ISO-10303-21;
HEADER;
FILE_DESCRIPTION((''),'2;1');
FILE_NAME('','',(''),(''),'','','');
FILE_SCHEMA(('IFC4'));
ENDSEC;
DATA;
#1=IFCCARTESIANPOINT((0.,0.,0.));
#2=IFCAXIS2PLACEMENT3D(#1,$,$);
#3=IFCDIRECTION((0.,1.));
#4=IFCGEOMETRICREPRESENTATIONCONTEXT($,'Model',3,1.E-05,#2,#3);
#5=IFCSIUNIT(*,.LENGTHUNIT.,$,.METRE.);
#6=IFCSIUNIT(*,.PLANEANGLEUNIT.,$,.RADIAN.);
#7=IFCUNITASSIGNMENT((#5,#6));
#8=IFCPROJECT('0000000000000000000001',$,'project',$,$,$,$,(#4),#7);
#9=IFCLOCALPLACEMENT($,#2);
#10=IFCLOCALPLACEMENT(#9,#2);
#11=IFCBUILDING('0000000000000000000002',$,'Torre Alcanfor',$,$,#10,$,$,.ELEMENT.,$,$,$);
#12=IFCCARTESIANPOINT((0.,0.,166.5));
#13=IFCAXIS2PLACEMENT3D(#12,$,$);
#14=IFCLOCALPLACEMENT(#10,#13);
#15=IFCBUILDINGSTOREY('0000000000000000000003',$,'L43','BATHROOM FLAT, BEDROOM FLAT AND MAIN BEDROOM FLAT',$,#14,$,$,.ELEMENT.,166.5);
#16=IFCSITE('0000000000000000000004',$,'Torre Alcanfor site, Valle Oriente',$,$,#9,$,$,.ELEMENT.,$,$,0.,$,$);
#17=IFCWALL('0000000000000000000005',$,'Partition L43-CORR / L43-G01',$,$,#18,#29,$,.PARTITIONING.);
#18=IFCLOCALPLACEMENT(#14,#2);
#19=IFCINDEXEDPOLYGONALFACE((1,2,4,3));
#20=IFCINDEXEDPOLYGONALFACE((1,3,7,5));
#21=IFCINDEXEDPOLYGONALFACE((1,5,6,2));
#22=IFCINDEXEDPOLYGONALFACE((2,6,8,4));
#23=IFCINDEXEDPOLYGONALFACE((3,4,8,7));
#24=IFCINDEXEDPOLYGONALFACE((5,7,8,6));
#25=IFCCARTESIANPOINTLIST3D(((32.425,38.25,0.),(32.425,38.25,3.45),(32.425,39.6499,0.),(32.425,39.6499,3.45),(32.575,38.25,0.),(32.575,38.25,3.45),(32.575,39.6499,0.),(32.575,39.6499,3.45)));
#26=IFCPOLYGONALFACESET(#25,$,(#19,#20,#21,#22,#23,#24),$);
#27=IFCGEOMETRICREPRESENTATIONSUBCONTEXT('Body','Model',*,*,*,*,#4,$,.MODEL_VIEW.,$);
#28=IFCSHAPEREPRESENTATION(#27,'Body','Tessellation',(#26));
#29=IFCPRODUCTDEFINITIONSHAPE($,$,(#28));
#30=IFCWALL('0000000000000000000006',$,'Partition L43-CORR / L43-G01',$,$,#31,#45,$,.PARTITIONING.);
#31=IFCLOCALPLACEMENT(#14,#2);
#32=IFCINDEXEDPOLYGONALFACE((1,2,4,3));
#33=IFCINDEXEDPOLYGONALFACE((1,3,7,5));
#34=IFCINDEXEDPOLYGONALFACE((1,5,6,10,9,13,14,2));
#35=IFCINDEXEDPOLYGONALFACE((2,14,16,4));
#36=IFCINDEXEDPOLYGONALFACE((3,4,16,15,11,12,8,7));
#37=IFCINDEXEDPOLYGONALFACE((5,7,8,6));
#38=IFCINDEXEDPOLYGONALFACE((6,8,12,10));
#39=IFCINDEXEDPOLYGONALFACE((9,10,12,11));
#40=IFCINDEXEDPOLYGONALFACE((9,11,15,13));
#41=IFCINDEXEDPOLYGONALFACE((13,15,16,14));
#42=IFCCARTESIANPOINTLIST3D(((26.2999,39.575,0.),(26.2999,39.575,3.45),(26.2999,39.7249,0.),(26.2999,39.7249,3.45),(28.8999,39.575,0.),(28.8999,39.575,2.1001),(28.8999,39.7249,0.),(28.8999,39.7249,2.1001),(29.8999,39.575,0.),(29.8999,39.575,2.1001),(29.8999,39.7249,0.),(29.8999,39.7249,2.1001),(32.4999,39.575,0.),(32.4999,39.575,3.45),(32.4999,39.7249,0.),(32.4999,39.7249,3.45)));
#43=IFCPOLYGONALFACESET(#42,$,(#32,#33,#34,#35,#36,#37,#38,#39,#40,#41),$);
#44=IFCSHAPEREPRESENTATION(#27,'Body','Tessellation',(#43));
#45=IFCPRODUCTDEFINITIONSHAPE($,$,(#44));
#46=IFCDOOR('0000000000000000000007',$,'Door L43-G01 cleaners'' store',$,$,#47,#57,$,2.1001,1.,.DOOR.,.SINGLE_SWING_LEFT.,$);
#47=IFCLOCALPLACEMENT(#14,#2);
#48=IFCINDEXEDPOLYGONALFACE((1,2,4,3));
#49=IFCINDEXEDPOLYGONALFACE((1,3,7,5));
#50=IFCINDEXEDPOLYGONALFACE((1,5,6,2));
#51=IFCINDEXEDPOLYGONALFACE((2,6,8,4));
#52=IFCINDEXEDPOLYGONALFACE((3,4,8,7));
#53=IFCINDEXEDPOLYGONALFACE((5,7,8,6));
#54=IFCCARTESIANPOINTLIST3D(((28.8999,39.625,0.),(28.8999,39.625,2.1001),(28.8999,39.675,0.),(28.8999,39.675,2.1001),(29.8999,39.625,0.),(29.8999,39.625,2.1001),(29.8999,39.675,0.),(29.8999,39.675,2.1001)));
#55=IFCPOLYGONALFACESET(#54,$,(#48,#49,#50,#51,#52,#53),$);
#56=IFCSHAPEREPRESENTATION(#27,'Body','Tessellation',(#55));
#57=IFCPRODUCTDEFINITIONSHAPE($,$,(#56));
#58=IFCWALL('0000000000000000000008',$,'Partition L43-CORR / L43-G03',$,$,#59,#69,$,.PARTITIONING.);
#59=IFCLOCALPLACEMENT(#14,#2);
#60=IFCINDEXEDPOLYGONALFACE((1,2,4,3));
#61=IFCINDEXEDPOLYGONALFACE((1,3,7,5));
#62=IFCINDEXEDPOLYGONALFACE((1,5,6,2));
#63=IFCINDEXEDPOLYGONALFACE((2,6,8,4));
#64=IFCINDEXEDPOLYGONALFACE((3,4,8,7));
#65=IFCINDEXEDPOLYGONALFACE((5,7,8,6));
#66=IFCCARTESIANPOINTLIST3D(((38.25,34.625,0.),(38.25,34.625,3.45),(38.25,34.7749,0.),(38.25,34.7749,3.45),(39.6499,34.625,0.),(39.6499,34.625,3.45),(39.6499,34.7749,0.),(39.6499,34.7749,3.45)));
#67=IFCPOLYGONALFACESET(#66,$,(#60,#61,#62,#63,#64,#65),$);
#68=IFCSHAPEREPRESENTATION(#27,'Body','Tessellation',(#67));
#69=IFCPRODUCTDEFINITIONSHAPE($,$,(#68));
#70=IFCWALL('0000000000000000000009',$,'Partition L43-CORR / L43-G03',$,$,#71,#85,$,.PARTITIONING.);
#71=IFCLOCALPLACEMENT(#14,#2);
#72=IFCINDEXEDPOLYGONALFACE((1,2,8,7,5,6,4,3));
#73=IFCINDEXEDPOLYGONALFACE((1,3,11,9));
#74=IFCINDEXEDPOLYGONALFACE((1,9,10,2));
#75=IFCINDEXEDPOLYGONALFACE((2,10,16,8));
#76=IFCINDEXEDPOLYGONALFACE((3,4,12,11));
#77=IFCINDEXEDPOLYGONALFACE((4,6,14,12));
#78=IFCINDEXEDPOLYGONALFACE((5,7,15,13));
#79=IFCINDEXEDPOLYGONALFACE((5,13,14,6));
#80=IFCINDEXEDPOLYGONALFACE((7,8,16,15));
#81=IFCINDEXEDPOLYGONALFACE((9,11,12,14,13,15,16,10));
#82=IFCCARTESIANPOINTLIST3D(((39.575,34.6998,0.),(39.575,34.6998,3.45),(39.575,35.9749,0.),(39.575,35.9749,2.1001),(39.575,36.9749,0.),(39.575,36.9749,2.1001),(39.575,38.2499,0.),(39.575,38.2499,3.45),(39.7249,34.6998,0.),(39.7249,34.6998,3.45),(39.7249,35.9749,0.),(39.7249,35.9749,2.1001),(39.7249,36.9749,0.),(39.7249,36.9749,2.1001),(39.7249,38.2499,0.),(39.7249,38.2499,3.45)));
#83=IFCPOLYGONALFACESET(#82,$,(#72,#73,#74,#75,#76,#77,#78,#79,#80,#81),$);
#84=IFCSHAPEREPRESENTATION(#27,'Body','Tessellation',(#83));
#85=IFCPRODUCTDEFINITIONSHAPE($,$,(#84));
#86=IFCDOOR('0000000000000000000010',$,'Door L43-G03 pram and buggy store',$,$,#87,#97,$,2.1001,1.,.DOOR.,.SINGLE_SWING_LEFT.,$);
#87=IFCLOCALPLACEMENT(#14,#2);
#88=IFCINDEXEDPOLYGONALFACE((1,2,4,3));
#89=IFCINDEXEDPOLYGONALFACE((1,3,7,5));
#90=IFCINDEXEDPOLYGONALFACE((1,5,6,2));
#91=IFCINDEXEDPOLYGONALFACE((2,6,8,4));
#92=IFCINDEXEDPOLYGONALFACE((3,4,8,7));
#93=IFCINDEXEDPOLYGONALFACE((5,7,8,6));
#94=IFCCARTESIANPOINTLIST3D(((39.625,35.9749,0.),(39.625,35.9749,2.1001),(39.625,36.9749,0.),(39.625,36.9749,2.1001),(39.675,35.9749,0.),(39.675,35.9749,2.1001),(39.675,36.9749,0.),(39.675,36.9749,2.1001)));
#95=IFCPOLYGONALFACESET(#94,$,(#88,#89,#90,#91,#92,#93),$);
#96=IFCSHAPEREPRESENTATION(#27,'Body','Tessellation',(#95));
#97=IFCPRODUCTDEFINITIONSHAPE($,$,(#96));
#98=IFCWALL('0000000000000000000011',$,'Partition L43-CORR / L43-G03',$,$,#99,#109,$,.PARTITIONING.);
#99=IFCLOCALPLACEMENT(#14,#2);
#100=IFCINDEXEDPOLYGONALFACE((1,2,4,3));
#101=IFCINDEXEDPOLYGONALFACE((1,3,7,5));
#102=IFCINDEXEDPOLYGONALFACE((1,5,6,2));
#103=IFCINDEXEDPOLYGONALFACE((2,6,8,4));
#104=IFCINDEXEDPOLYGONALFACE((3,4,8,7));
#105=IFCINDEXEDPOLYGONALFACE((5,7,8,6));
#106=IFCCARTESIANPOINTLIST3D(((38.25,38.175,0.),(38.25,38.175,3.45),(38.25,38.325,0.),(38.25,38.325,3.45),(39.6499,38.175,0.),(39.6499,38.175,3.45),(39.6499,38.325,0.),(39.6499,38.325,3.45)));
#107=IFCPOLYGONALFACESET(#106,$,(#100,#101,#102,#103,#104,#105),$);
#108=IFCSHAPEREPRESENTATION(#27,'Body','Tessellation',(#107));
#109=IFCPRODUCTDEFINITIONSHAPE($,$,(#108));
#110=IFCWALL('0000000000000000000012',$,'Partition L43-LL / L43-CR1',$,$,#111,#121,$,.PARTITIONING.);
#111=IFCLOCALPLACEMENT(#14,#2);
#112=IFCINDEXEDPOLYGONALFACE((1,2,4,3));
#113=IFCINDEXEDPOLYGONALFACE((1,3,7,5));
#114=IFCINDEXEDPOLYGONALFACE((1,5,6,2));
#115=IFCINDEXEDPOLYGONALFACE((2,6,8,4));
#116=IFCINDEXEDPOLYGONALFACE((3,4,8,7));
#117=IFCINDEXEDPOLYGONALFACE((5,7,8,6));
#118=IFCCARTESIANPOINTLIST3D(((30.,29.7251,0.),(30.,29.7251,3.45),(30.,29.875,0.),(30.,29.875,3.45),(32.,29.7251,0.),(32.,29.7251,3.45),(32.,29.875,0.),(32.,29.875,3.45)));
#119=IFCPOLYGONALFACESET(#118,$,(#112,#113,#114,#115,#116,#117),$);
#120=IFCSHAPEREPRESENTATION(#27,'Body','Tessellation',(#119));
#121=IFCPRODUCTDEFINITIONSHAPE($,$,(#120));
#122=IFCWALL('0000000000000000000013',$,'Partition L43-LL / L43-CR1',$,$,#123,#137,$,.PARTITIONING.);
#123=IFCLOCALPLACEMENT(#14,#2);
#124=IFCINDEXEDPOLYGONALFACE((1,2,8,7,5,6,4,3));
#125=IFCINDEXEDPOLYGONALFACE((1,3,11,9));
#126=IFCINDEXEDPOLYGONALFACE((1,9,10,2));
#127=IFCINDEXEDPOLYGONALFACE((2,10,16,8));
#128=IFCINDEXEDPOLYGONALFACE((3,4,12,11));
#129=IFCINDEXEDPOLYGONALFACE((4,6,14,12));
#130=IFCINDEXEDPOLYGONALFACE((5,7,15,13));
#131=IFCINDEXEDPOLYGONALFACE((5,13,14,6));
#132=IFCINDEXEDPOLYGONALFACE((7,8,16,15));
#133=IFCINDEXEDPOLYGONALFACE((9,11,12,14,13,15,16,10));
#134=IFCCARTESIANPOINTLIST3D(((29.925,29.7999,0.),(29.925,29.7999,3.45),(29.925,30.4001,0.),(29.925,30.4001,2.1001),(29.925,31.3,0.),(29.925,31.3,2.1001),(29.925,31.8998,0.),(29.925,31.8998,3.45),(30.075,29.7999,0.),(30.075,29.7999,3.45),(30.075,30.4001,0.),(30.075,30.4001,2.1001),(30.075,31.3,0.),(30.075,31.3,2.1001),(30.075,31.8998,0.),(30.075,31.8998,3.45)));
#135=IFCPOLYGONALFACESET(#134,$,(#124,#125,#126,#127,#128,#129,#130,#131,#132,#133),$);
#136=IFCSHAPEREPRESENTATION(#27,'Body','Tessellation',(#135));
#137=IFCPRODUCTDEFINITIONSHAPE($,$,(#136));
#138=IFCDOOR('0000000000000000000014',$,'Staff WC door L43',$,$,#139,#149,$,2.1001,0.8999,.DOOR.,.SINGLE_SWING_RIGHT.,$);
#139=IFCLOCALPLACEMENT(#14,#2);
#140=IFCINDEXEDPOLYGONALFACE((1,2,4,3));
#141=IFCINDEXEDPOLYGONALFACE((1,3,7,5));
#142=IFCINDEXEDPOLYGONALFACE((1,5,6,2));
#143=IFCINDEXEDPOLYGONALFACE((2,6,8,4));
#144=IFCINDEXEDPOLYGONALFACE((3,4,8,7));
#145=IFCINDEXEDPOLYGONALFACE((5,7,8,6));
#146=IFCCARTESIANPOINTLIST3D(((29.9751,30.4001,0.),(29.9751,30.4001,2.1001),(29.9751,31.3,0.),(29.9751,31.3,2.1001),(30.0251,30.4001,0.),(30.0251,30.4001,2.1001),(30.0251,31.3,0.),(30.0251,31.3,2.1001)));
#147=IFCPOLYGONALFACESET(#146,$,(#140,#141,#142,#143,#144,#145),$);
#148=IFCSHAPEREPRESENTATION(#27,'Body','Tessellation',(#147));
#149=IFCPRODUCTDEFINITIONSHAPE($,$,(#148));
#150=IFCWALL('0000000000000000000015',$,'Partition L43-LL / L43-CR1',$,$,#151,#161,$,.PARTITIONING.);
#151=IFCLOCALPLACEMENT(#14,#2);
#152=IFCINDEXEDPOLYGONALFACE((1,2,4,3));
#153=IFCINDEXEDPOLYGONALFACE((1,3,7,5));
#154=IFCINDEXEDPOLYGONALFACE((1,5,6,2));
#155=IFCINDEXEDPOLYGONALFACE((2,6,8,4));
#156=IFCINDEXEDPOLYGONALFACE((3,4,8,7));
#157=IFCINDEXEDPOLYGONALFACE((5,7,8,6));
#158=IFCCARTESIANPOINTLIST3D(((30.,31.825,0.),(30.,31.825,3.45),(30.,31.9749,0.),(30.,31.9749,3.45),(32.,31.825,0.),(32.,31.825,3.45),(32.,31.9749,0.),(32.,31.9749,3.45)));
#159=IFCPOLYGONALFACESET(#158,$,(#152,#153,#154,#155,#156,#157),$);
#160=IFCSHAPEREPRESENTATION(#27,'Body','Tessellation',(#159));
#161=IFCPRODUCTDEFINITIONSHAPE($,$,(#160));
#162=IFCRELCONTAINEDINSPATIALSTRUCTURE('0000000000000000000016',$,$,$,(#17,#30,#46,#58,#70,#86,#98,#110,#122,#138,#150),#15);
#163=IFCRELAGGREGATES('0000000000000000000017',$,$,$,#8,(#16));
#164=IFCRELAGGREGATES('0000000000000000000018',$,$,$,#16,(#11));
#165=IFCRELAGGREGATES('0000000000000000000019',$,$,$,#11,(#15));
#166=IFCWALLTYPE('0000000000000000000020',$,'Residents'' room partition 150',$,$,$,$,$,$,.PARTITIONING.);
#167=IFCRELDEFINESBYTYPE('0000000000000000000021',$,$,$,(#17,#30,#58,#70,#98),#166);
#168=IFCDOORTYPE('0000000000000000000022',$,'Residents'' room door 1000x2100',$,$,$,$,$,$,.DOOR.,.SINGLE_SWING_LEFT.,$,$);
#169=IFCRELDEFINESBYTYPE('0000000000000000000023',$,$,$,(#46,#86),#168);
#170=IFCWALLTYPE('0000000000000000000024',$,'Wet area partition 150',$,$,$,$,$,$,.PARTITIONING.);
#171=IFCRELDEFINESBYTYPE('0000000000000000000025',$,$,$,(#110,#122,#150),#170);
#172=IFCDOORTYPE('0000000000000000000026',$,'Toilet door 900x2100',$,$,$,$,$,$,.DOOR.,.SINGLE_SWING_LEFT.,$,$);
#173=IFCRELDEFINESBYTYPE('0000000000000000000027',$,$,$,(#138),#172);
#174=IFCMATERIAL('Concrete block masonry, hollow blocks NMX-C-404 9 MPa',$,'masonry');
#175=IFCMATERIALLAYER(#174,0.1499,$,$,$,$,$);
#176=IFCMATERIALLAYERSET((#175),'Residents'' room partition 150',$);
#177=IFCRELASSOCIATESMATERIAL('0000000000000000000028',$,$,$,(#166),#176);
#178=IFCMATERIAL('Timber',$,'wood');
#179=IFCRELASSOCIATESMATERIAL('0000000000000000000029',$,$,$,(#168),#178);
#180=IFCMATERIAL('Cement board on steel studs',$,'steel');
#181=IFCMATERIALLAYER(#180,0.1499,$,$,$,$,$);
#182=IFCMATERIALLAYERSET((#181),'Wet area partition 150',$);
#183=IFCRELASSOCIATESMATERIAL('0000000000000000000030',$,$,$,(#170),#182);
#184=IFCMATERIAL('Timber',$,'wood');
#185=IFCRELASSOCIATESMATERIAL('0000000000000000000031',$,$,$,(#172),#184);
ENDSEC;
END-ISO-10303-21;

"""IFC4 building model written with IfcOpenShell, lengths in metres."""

from ifc_helpers import new_model, si_unit, direction, frame, frame_2d, origin, place, context, subcontext, project, spatial, rectangle, extrude, material, layer, layer_set, type_object, element, fill, save


model = new_model("IFC4")

# Units and contexts
model_context = context("Model", 3, precision=1e-05, world=origin(), true_north=direction((0.0, 1.0)))
body_context = subcontext(model_context, "Body", "Model", "MODEL_VIEW")
ifc_project = project(units=[si_unit("LENGTHUNIT", "METRE"), si_unit("PLANEANGLEUNIT", "RADIAN")], contexts=[model_context])

# Site, building, storey
site_placement = place(None, origin())
site = spatial("IfcSite", under=ifc_project, at=site_placement, Name="Torre Alcanfor site, Valle Oriente", CompositionType="ELEMENT", RefElevation=0.0)
building_placement = place(site_placement, origin())
building = spatial("IfcBuilding", under=site, at=building_placement, Name="Torre Alcanfor", CompositionType="ELEMENT")
storey_placement = place(building_placement, frame((0.0, 0.0, 166.5)))
storey = spatial("IfcBuildingStorey", under=building, at=storey_placement, Name="L43", Description="BATHROOM FLAT, BEDROOM FLAT AND MAIN BEDROOM FLAT", CompositionType="ELEMENT", Elevation=166.5)

# Wall
ifc_material_1 = material(Name="Concrete block masonry, hollow blocks NMX-C-404 9 MPa", Category="masonry")
ifc_layer_1 = layer(ifc_material_1, 0.1499)
ifc_layer_set_1 = layer_set([ifc_layer_1], Name="Residents' room partition 150")
wall_type_1 = type_object("IfcWallType", Name="Residents' room partition 150", PredefinedType="PARTITIONING", material=ifc_layer_set_1)
wall_1_placement = place(storey_placement, frame((32.5, 38.25, 0.0), z_axis=(0.0, 0.0, 1.0), x_axis=(0.0, 1.0, 0.0)))
element("IfcWall", 1, at=wall_1_placement, inside=storey, type_object=wall_type_1, Name="Partition L43-CORR / L43-G01", PredefinedType="PARTITIONING", context=body_context, shape_type="SweptSolid", body=[
    extrude(rectangle(XDim=1.3999, YDim=0.1499, at=frame_2d((0.7, 0.0))), origin(), (0.0, 0.0, 1.0), 3.45),
])

# Wall, opening, door
wall_2_placement = place(storey_placement, frame((32.5, 39.6499, 0.0), z_axis=(0.0, 0.0, 1.0), x_axis=(-1.0, 0.0, 0.0)))
wall_2 = element("IfcWall", 2, at=wall_2_placement, inside=storey, type_object=wall_type_1, Name="Partition L43-CORR / L43-G01", PredefinedType="PARTITIONING", context=body_context, shape_type="SweptSolid", body=[
    extrude(rectangle(XDim=6.2, YDim=0.1499, at=frame_2d((3.1001, 0.0))), origin(), (0.0, 0.0, 1.0), 3.45),
])
opening_1_placement = place(wall_2_placement, frame((2.6001, 0.0, 0.0)))
opening_1 = element("IfcOpeningElement", 3, at=opening_1_placement, cuts=wall_2, PredefinedType="OPENING", context=body_context, shape_type="SweptSolid", body=[
    extrude(rectangle(XDim=1.0, YDim=2.1001, at=frame_2d((0.5, 1.05))), frame((0.0, 0.085, 0.0), z_axis=(0.0, -1.0, 0.0), x_axis=(1.0, 0.0, 0.0)), (0.0, 0.0, 1.0), 0.1699),
])
ifc_material_2 = material(Name="Timber", Category="wood")
door_type_1 = type_object("IfcDoorType", Name="Residents' room door 1000x2100", OperationType="SINGLE_SWING_LEFT", PredefinedType="DOOR", material=ifc_material_2)
door_1_placement = place(opening_1_placement, origin())
door_1 = element("IfcDoor", 4, at=door_1_placement, inside=storey, type_object=door_type_1, Name="Door L43-G01 cleaners' store", OperationType="SINGLE_SWING_LEFT", OverallHeight=2.1001, OverallWidth=1.0, PredefinedType="DOOR", context=body_context, shape_type="SweptSolid", body=[
    extrude(rectangle(XDim=1.0, YDim=2.1001, at=frame_2d((0.5, 1.05))), frame((0.0, 0.0249, 0.0), z_axis=(0.0, -1.0, 0.0), x_axis=(1.0, 0.0, 0.0)), (0.0, 0.0, 1.0), 0.05),
])
fill(opening_1, door_1)

# Wall
wall_3_placement = place(storey_placement, frame((38.25, 34.7, 0.0), z_axis=(0.0, 0.0, 1.0), x_axis=(1.0, 0.0, 0.0)))
element("IfcWall", 5, at=wall_3_placement, inside=storey, type_object=wall_type_1, Name="Partition L43-CORR / L43-G03", PredefinedType="PARTITIONING", context=body_context, shape_type="SweptSolid", body=[
    extrude(rectangle(XDim=1.3999, YDim=0.1499, at=frame_2d((0.7, 0.0))), origin(), (0.0, 0.0, 1.0), 3.45),
])

# Wall, opening, door
wall_4_placement = place(storey_placement, frame((39.6499, 34.7, 0.0), z_axis=(0.0, 0.0, 1.0), x_axis=(0.0, 1.0, 0.0)))
wall_4 = element("IfcWall", 6, at=wall_4_placement, inside=storey, type_object=wall_type_1, Name="Partition L43-CORR / L43-G03", PredefinedType="PARTITIONING", context=body_context, shape_type="SweptSolid", body=[
    extrude(rectangle(XDim=3.55, YDim=0.1499, at=frame_2d((1.7749, 0.0))), origin(), (0.0, 0.0, 1.0), 3.45),
])
opening_2_placement = place(wall_4_placement, frame((1.2749, 0.0, 0.0)))
opening_2 = element("IfcOpeningElement", 7, at=opening_2_placement, cuts=wall_4, PredefinedType="OPENING", context=body_context, shape_type="SweptSolid", body=[
    extrude(rectangle(XDim=1.0, YDim=2.1001, at=frame_2d((0.5, 1.05))), frame((0.0, 0.085, 0.0), z_axis=(0.0, -1.0, 0.0), x_axis=(1.0, 0.0, 0.0)), (0.0, 0.0, 1.0), 0.1699),
])
door_2_placement = place(opening_2_placement, origin())
door_2 = element("IfcDoor", 8, at=door_2_placement, inside=storey, type_object=door_type_1, Name="Door L43-G03 pram and buggy store", OperationType="SINGLE_SWING_LEFT", OverallHeight=2.1001, OverallWidth=1.0, PredefinedType="DOOR", context=body_context, shape_type="SweptSolid", body=[
    extrude(rectangle(XDim=1.0, YDim=2.1001, at=frame_2d((0.5, 1.05))), frame((0.0, 0.0249, 0.0), z_axis=(0.0, -1.0, 0.0), x_axis=(1.0, 0.0, 0.0)), (0.0, 0.0, 1.0), 0.05),
])
fill(opening_2, door_2)

# Walls
wall_5_placement = place(storey_placement, frame((39.6499, 38.25, 0.0), z_axis=(0.0, 0.0, 1.0), x_axis=(-1.0, 0.0, 0.0)))
element("IfcWall", 9, at=wall_5_placement, inside=storey, type_object=wall_type_1, Name="Partition L43-CORR / L43-G03", PredefinedType="PARTITIONING", context=body_context, shape_type="SweptSolid", body=[
    extrude(rectangle(XDim=1.3999, YDim=0.1499, at=frame_2d((0.7, 0.0))), origin(), (0.0, 0.0, 1.0), 3.45),
])
ifc_material_3 = material(Name="Cement board on steel studs", Category="steel")
ifc_layer_2 = layer(ifc_material_3, 0.1499)
ifc_layer_set_2 = layer_set([ifc_layer_2], Name="Wet area partition 150")
wall_type_2 = type_object("IfcWallType", Name="Wet area partition 150", PredefinedType="PARTITIONING", material=ifc_layer_set_2)
wall_6_placement = place(storey_placement, frame((32.0, 29.8, 0.0), z_axis=(0.0, 0.0, 1.0), x_axis=(-1.0, 0.0, 0.0)))
element("IfcWall", 10, at=wall_6_placement, inside=storey, type_object=wall_type_2, Name="Partition L43-LL / L43-CR1", PredefinedType="PARTITIONING", context=body_context, shape_type="SweptSolid", body=[
    extrude(rectangle(XDim=2.0, YDim=0.1499, at=frame_2d((1.0, 0.0))), origin(), (0.0, 0.0, 1.0), 3.45),
])

# Wall, opening, door
wall_7_placement = place(storey_placement, frame((30.0, 29.8, 0.0), z_axis=(0.0, 0.0, 1.0), x_axis=(0.0, 1.0, 0.0)))
wall_7 = element("IfcWall", 11, at=wall_7_placement, inside=storey, type_object=wall_type_2, Name="Partition L43-LL / L43-CR1", PredefinedType="PARTITIONING", context=body_context, shape_type="SweptSolid", body=[
    extrude(rectangle(XDim=2.0999, YDim=0.1499, at=frame_2d((1.0498, 0.0))), origin(), (0.0, 0.0, 1.0), 3.45),
])
opening_3_placement = place(wall_7_placement, frame((0.6001, 0.0, 0.0)))
opening_3 = element("IfcOpeningElement", 12, at=opening_3_placement, cuts=wall_7, PredefinedType="OPENING", context=body_context, shape_type="SweptSolid", body=[
    extrude(rectangle(XDim=0.8999, YDim=2.1001, at=frame_2d((0.45, 1.05))), frame((0.0, 0.085, 0.0), z_axis=(0.0, -1.0, 0.0), x_axis=(1.0, 0.0, 0.0)), (0.0, 0.0, 1.0), 0.1699),
])
ifc_material_4 = material(Name="Timber", Category="wood")
door_type_2 = type_object("IfcDoorType", Name="Toilet door 900x2100", OperationType="SINGLE_SWING_LEFT", PredefinedType="DOOR", material=ifc_material_4)
door_3_placement = place(opening_3_placement, frame((0.8999, 0.0, 0.0), z_axis=(0.0, 0.0, 1.0), x_axis=(-1.0, 0.0, 0.0)))
door_3 = element("IfcDoor", 13, at=door_3_placement, inside=storey, type_object=door_type_2, Name="Staff WC door L43", OperationType="SINGLE_SWING_RIGHT", OverallHeight=2.1001, OverallWidth=0.8999, PredefinedType="DOOR", context=body_context, shape_type="SweptSolid", body=[
    extrude(rectangle(XDim=0.8999, YDim=2.1001, at=frame_2d((0.45, 1.05))), frame((0.0, 0.0251, 0.0), z_axis=(0.0, -1.0, 0.0), x_axis=(1.0, 0.0, 0.0)), (0.0, 0.0, 1.0), 0.05),
])
fill(opening_3, door_3)

# Wall
wall_8_placement = place(storey_placement, frame((30.0, 31.8999, 0.0), z_axis=(0.0, 0.0, 1.0), x_axis=(1.0, 0.0, 0.0)))
element("IfcWall", 14, at=wall_8_placement, inside=storey, type_object=wall_type_2, Name="Partition L43-LL / L43-CR1", PredefinedType="PARTITIONING", context=body_context, shape_type="SweptSolid", body=[
    extrude(rectangle(XDim=2.0, YDim=0.1499, at=frame_2d((1.0, 0.0))), origin(), (0.0, 0.0, 1.0), 3.45),
])

save(model, "model.ifc")
